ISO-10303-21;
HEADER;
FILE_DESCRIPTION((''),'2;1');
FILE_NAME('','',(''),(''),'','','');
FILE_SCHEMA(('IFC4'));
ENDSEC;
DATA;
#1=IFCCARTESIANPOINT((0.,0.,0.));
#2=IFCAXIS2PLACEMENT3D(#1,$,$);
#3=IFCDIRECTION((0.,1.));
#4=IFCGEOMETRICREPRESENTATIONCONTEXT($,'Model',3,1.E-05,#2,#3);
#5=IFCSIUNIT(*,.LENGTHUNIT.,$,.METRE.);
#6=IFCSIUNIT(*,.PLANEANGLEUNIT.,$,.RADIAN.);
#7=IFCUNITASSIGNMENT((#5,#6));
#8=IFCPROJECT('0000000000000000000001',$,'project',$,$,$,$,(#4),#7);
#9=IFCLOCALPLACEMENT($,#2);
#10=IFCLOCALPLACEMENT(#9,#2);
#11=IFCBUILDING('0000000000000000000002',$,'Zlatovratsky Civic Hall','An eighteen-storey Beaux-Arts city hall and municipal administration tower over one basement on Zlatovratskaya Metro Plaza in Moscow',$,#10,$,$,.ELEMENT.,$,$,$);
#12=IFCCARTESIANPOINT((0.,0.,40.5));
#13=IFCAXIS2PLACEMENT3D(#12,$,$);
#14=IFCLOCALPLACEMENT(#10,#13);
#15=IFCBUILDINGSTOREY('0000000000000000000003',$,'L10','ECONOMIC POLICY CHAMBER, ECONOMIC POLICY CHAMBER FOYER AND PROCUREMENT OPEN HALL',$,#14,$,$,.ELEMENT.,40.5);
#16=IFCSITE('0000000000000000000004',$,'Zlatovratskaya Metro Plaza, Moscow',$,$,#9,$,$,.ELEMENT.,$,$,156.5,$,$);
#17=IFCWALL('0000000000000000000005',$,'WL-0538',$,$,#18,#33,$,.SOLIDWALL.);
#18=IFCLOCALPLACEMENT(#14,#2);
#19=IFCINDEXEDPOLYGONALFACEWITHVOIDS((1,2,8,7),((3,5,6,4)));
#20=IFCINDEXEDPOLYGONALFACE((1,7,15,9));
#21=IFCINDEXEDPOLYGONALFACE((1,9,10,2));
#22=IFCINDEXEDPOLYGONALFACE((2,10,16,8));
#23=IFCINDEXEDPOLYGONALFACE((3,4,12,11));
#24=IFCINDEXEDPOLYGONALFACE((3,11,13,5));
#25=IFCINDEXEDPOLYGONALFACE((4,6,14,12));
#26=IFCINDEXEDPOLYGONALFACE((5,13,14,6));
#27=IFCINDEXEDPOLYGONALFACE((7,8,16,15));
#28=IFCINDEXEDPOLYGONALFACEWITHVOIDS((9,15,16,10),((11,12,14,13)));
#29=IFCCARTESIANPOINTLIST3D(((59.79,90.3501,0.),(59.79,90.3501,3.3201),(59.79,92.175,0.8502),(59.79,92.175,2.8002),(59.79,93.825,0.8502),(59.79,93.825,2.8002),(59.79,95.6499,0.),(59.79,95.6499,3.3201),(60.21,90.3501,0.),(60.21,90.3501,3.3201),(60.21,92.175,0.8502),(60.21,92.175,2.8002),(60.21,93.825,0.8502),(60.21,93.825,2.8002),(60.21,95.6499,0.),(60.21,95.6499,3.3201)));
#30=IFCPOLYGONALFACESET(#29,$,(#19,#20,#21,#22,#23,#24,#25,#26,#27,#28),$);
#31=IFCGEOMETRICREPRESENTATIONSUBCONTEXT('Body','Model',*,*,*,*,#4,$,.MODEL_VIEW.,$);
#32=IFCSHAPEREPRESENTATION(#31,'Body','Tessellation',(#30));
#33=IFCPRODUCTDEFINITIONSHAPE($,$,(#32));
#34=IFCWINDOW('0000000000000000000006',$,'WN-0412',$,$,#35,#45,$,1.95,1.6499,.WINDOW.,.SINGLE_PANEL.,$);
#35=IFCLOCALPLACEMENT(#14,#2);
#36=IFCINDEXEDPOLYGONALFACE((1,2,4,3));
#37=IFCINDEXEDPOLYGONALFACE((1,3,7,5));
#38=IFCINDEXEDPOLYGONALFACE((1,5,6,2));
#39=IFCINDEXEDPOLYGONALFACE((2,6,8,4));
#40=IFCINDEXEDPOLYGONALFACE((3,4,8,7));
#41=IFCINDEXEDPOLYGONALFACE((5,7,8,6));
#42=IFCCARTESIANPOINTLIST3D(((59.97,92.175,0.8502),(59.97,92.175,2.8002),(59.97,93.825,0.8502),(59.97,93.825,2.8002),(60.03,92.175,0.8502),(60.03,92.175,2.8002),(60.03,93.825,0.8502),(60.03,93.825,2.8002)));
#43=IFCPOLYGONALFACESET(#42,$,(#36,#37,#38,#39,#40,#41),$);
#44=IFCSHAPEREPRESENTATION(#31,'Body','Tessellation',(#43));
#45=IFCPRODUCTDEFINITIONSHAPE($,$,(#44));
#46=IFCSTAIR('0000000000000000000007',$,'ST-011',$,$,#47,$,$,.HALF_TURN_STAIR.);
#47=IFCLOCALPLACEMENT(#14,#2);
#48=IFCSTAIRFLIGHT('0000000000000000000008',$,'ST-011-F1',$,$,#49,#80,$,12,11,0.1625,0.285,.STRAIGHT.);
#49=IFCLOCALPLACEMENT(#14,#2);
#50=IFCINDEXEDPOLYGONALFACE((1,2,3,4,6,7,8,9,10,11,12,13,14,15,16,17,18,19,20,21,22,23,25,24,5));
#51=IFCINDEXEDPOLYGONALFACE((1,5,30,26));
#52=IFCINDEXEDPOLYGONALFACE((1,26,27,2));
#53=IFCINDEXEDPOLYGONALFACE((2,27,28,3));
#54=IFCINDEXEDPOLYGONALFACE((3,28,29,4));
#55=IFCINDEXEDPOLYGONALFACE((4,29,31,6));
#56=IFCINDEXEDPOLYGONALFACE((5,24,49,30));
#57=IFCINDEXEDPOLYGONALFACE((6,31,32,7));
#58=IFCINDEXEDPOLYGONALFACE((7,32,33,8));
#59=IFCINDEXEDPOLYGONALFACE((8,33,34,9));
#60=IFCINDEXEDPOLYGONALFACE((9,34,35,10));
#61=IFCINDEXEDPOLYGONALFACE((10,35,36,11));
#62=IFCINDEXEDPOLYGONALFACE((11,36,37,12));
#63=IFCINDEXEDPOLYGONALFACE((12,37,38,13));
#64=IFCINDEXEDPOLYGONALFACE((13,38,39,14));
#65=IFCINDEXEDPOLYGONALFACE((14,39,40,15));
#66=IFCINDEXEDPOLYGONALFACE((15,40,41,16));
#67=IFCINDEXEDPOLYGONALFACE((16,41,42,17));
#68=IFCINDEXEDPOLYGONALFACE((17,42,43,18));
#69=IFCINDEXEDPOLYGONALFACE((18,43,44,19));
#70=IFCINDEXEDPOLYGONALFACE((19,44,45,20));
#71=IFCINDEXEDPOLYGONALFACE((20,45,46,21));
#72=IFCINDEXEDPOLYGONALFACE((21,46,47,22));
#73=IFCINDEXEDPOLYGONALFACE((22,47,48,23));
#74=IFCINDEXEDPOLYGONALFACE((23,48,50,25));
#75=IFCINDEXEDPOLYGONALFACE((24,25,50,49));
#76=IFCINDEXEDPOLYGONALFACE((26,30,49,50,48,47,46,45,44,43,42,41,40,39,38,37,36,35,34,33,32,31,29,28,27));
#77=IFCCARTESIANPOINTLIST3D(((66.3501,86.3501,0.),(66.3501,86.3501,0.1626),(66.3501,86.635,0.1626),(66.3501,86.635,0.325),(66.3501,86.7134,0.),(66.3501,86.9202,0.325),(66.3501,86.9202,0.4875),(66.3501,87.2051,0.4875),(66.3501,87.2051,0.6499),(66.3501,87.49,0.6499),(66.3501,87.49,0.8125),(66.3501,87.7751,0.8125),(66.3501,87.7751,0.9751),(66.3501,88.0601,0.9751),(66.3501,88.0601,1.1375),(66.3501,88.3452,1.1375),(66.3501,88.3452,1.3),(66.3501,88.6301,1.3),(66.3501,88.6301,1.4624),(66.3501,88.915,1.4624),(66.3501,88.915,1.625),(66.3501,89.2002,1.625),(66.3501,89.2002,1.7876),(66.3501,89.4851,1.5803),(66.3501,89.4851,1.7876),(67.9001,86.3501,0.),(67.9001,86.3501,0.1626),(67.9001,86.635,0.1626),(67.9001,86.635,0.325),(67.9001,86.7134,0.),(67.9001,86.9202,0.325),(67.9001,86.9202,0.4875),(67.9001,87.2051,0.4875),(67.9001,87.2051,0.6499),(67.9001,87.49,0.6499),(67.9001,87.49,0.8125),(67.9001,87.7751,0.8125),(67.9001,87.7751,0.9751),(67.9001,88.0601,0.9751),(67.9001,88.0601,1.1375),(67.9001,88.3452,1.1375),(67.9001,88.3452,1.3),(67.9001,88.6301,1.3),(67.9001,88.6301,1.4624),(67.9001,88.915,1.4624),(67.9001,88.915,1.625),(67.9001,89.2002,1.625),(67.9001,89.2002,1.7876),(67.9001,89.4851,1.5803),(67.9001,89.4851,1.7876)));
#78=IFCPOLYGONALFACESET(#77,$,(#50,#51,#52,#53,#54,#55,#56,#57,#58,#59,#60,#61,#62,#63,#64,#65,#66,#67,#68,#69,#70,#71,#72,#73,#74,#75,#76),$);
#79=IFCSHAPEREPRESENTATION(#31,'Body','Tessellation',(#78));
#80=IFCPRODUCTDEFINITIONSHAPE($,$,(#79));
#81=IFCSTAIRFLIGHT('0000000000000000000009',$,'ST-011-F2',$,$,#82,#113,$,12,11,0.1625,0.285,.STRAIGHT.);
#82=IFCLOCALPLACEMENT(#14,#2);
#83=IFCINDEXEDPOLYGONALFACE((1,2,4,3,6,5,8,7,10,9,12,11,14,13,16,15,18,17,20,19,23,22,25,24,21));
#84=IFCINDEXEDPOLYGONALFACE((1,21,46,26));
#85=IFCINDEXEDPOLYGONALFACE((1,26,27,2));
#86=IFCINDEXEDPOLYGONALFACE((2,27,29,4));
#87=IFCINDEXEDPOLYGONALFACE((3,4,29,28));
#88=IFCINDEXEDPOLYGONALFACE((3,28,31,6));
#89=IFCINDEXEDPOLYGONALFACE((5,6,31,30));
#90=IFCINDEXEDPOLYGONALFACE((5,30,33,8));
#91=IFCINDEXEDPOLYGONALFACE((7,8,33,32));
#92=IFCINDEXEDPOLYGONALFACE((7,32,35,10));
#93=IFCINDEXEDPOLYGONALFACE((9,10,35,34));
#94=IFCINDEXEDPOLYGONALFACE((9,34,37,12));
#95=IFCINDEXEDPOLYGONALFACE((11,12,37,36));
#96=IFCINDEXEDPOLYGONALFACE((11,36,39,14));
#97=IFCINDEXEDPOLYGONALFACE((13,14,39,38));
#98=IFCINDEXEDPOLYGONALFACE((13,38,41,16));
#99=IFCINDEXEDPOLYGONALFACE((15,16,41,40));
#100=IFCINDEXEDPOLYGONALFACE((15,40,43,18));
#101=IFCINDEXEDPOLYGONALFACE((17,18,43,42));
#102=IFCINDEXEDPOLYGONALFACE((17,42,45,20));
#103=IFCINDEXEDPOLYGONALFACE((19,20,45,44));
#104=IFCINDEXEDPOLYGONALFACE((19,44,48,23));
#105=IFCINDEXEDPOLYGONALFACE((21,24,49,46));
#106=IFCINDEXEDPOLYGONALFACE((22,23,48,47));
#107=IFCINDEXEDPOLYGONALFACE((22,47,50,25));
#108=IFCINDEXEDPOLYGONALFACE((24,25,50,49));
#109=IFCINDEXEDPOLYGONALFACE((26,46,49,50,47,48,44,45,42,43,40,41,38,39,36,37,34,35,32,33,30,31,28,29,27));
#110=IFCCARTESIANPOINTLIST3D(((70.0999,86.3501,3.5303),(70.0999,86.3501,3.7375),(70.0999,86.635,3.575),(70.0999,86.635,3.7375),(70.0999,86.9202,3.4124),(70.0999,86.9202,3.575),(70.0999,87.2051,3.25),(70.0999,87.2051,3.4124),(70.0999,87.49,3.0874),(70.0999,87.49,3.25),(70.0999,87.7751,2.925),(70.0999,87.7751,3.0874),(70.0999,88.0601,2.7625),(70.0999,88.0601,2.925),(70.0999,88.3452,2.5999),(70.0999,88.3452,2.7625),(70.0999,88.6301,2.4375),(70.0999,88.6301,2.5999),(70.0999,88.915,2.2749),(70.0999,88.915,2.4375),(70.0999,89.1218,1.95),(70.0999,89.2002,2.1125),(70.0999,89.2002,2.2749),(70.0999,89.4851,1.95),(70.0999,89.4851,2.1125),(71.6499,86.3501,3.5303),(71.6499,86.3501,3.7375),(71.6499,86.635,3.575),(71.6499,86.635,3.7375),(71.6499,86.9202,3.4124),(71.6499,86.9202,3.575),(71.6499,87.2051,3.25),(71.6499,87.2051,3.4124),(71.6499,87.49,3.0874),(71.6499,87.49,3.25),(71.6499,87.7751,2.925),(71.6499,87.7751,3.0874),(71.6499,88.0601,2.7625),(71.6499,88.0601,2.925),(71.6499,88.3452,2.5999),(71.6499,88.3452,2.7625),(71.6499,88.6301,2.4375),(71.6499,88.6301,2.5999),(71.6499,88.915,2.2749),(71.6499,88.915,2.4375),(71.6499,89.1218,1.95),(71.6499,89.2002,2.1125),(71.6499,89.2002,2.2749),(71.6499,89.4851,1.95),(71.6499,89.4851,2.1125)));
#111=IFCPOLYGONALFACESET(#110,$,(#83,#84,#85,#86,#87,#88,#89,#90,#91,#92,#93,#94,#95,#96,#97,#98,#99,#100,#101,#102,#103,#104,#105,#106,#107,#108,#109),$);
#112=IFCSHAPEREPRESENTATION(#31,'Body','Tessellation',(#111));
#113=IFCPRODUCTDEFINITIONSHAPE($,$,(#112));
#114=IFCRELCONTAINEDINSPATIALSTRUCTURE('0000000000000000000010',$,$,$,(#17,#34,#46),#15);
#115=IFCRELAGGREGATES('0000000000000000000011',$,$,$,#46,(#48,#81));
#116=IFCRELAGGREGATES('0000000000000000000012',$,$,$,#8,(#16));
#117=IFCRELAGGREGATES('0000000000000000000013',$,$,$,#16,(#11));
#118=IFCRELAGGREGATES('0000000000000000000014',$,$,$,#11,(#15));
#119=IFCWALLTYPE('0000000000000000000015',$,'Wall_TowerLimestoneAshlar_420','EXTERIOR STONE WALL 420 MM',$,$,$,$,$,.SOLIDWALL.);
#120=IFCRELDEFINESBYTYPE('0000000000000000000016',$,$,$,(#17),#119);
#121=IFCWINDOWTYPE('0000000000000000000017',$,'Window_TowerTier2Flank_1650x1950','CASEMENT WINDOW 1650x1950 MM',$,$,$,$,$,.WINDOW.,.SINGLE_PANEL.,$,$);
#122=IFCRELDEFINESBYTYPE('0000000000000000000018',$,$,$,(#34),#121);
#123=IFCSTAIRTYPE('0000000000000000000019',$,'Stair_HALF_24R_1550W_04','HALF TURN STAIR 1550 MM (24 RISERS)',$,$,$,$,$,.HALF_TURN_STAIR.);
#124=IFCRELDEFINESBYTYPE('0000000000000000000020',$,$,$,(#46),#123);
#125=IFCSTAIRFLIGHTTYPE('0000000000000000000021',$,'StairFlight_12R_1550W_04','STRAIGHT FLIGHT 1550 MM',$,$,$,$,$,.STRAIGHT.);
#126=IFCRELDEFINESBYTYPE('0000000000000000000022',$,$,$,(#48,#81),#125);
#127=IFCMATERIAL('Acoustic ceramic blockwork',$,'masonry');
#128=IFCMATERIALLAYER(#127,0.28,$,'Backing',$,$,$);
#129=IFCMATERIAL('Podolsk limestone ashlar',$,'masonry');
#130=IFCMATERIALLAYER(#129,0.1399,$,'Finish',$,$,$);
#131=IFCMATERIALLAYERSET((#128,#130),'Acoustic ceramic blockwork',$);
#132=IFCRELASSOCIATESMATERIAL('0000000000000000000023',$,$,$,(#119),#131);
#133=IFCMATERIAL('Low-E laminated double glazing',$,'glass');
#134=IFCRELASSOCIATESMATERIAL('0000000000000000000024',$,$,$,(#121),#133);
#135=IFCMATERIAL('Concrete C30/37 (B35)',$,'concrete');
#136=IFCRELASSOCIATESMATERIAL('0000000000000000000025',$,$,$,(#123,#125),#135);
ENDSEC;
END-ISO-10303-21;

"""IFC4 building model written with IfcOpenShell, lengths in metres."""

from ifc_helpers import new_model, si_unit, direction, frame, frame_2d, origin, place, context, subcontext, project, spatial, polyline, rectangle, outline, extrude, material, layer, layer_set, type_object, element, fill, aggregate, save


model = new_model("IFC4")

# Units and contexts
model_context = context("Model", 3, precision=1e-05, world=origin(), true_north=direction((0.0, 1.0)))
body_context = subcontext(model_context, "Body", "Model", "MODEL_VIEW")
ifc_project = project(units=[si_unit("LENGTHUNIT", "METRE"), si_unit("PLANEANGLEUNIT", "RADIAN")], contexts=[model_context])

# Site, building, storey
site_placement = place(None, origin())
site = spatial("IfcSite", under=ifc_project, at=site_placement, Name="Zlatovratskaya Metro Plaza, Moscow", CompositionType="ELEMENT", RefElevation=156.5)
building_placement = place(site_placement, origin())
building = spatial("IfcBuilding", under=site, at=building_placement, Name="Zlatovratsky Civic Hall", Description="An eighteen-storey Beaux-Arts city hall and municipal administration tower over one basement on Zlatovratskaya Metro Plaza in Moscow", CompositionType="ELEMENT")
storey_placement = place(building_placement, frame((0.0, 0.0, 40.5)))
storey = spatial("IfcBuildingStorey", under=building, at=storey_placement, Name="L10", Description="ECONOMIC POLICY CHAMBER, ECONOMIC POLICY CHAMBER FOYER AND PROCUREMENT OPEN HALL", CompositionType="ELEMENT", Elevation=40.5)

# Shared definitions
ifc_material_1 = material(Name="Acoustic ceramic blockwork", Category="masonry")

# Wall, opening, window
ifc_layer_1 = layer(ifc_material_1, 0.28, Name="Backing")
ifc_material_2 = material(Name="Podolsk limestone ashlar", Category="masonry")
ifc_layer_2 = layer(ifc_material_2, 0.1399, Name="Finish")
ifc_layer_set_1 = layer_set([ifc_layer_1, ifc_layer_2], Name="Acoustic ceramic blockwork")
wall_type_1 = type_object("IfcWallType", Name="Wall_TowerLimestoneAshlar_420", Description="EXTERIOR STONE WALL 420 MM", PredefinedType="SOLIDWALL", material=ifc_layer_set_1)
wall_1_placement = place(storey_placement, frame((60.0, 90.3501, 0.0), z_axis=(0.0, 0.0, 1.0), x_axis=(0.0, 1.0, 0.0)))
wall_1 = element("IfcWall", 1, at=wall_1_placement, inside=storey, type_object=wall_type_1, Name="WL-0538", PredefinedType="SOLIDWALL", context=body_context, shape_type="SweptSolid", body=[
    extrude(rectangle(XDim=5.2998, YDim=0.4199, at=frame_2d((2.6499, 0.0))), origin(), (0.0, 0.0, 1.0), 3.3201),
])
opening_placement = place(wall_1_placement, frame((1.825, 0.0, 0.8501)))
opening = element("IfcOpeningElement", 2, at=opening_placement, cuts=wall_1, PredefinedType="OPENING", context=body_context, shape_type="SweptSolid", body=[
    extrude(rectangle(XDim=1.6499, YDim=1.95, at=frame_2d((0.825, 0.9751))), frame((0.0, 0.2249, 0.0), z_axis=(0.0, -1.0, 0.0), x_axis=(1.0, 0.0, 0.0)), (0.0, 0.0, 1.0), 0.4497),
])
ifc_material_3 = material(Name="Low-E laminated double glazing", Category="glass")
window_type = type_object("IfcWindowType", Name="Window_TowerTier2Flank_1650x1950", Description="CASEMENT WINDOW 1650x1950 MM", PartitioningType="SINGLE_PANEL", PredefinedType="WINDOW", material=ifc_material_3)
window_placement = place(opening_placement, origin())
window = element("IfcWindow", 3, at=window_placement, inside=storey, type_object=window_type, Name="WN-0412", OverallHeight=1.95, OverallWidth=1.6499, PartitioningType="SINGLE_PANEL", PredefinedType="WINDOW", context=body_context, shape_type="SweptSolid", body=[
    extrude(rectangle(XDim=1.6499, YDim=1.95, at=frame_2d((0.825, 0.9751))), frame((0.0, 0.03, 0.0), z_axis=(0.0, -1.0, 0.0), x_axis=(1.0, 0.0, 0.0)), (0.0, 0.0, 1.0), 0.0601),
])
fill(opening, window)

# Stair, stair flights
ifc_material_4 = material(Name="Concrete C30/37 (B35)", Category="concrete")
stair_type = type_object("IfcStairType", Name="Stair_HALF_24R_1550W_04", Description="HALF TURN STAIR 1550 MM (24 RISERS)", PredefinedType="HALF_TURN_STAIR", material=ifc_material_4)
stair_placement = place(storey_placement, origin())
stair = element("IfcStair", 4, at=stair_placement, inside=storey, type_object=stair_type, Name="ST-011", PredefinedType="HALF_TURN_STAIR")
stair_flight_type = type_object("IfcStairFlightType", Name="StairFlight_12R_1550W_04", Description="STRAIGHT FLIGHT 1550 MM", PredefinedType="STRAIGHT", material=ifc_material_4)
stair_flight_1_placement = place(storey_placement, frame((67.125, 86.3501, 0.0), z_axis=(0.0, 0.0, 1.0), x_axis=(0.0, 1.0, 0.0)))
stair_flight_1 = element("IfcStairFlight", 5, at=stair_flight_1_placement, type_object=stair_flight_type, Name="ST-011-F1", NumberOfRisers=12, NumberOfTreads=11, PredefinedType="STRAIGHT", RiserHeight=0.1625, TreadLength=0.285, context=body_context, shape_type="SweptSolid", body=[
    extrude(outline(polyline([(0.0, 0.0), (0.0, 0.1626), (0.2849, 0.1626), (0.2849, 0.325), (0.5701, 0.325), (0.5701, 0.4875), (0.855, 0.4875), (0.855, 0.6499), (1.1399, 0.6499), (1.1399, 0.8125), (1.425, 0.8125), (1.425, 0.9751), (1.71, 0.9751), (1.71, 1.1375), (1.9951, 1.1375), (1.9951, 1.3), (2.28, 1.3), (2.28, 1.4624), (2.5649, 1.4624), (2.5649, 1.625), (2.8501, 1.625), (2.8501, 1.7876), (3.135, 1.7876), (3.135, 1.95), (3.135, 1.5803), (0.3633, 0.0), (0.0, 0.0)])), frame((0.0, 0.7749, 0.0), z_axis=(0.0, -1.0, 0.0), x_axis=(1.0, 0.0, 0.0)), (0.0, 0.0, 1.0), 1.55),
])
stair_flight_2_placement = place(storey_placement, frame((70.875, 89.4851, 1.95), z_axis=(0.0, 0.0, 1.0), x_axis=(0.0, -1.0, 0.0)))
stair_flight_2 = element("IfcStairFlight", 6, at=stair_flight_2_placement, type_object=stair_flight_type, Name="ST-011-F2", NumberOfRisers=12, NumberOfTreads=11, PredefinedType="STRAIGHT", RiserHeight=0.1625, TreadLength=0.285, context=body_context, shape_type="SweptSolid", body=[
    extrude(outline(polyline([(0.0, 0.0), (0.0, 0.1626), (0.2849, 0.1626), (0.2849, 0.325), (0.5701, 0.325), (0.5701, 0.4875), (0.855, 0.4875), (0.855, 0.6499), (1.1399, 0.6499), (1.1399, 0.8125), (1.425, 0.8125), (1.425, 0.9751), (1.71, 0.9751), (1.71, 1.1375), (1.9951, 1.1375), (1.9951, 1.3), (2.28, 1.3), (2.28, 1.4624), (2.5649, 1.4624), (2.5649, 1.625), (2.8501, 1.625), (2.8501, 1.7876), (3.135, 1.7876), (3.135, 1.95), (3.135, 1.5803), (0.3633, 0.0), (0.0, 0.0)])), frame((0.0, 0.7749, 0.0), z_axis=(0.0, -1.0, 0.0), x_axis=(1.0, 0.0, 0.0)), (0.0, 0.0, 1.0), 1.55),
])
aggregate(stair, [stair_flight_1, stair_flight_2])

save(model, "model.ifc")
